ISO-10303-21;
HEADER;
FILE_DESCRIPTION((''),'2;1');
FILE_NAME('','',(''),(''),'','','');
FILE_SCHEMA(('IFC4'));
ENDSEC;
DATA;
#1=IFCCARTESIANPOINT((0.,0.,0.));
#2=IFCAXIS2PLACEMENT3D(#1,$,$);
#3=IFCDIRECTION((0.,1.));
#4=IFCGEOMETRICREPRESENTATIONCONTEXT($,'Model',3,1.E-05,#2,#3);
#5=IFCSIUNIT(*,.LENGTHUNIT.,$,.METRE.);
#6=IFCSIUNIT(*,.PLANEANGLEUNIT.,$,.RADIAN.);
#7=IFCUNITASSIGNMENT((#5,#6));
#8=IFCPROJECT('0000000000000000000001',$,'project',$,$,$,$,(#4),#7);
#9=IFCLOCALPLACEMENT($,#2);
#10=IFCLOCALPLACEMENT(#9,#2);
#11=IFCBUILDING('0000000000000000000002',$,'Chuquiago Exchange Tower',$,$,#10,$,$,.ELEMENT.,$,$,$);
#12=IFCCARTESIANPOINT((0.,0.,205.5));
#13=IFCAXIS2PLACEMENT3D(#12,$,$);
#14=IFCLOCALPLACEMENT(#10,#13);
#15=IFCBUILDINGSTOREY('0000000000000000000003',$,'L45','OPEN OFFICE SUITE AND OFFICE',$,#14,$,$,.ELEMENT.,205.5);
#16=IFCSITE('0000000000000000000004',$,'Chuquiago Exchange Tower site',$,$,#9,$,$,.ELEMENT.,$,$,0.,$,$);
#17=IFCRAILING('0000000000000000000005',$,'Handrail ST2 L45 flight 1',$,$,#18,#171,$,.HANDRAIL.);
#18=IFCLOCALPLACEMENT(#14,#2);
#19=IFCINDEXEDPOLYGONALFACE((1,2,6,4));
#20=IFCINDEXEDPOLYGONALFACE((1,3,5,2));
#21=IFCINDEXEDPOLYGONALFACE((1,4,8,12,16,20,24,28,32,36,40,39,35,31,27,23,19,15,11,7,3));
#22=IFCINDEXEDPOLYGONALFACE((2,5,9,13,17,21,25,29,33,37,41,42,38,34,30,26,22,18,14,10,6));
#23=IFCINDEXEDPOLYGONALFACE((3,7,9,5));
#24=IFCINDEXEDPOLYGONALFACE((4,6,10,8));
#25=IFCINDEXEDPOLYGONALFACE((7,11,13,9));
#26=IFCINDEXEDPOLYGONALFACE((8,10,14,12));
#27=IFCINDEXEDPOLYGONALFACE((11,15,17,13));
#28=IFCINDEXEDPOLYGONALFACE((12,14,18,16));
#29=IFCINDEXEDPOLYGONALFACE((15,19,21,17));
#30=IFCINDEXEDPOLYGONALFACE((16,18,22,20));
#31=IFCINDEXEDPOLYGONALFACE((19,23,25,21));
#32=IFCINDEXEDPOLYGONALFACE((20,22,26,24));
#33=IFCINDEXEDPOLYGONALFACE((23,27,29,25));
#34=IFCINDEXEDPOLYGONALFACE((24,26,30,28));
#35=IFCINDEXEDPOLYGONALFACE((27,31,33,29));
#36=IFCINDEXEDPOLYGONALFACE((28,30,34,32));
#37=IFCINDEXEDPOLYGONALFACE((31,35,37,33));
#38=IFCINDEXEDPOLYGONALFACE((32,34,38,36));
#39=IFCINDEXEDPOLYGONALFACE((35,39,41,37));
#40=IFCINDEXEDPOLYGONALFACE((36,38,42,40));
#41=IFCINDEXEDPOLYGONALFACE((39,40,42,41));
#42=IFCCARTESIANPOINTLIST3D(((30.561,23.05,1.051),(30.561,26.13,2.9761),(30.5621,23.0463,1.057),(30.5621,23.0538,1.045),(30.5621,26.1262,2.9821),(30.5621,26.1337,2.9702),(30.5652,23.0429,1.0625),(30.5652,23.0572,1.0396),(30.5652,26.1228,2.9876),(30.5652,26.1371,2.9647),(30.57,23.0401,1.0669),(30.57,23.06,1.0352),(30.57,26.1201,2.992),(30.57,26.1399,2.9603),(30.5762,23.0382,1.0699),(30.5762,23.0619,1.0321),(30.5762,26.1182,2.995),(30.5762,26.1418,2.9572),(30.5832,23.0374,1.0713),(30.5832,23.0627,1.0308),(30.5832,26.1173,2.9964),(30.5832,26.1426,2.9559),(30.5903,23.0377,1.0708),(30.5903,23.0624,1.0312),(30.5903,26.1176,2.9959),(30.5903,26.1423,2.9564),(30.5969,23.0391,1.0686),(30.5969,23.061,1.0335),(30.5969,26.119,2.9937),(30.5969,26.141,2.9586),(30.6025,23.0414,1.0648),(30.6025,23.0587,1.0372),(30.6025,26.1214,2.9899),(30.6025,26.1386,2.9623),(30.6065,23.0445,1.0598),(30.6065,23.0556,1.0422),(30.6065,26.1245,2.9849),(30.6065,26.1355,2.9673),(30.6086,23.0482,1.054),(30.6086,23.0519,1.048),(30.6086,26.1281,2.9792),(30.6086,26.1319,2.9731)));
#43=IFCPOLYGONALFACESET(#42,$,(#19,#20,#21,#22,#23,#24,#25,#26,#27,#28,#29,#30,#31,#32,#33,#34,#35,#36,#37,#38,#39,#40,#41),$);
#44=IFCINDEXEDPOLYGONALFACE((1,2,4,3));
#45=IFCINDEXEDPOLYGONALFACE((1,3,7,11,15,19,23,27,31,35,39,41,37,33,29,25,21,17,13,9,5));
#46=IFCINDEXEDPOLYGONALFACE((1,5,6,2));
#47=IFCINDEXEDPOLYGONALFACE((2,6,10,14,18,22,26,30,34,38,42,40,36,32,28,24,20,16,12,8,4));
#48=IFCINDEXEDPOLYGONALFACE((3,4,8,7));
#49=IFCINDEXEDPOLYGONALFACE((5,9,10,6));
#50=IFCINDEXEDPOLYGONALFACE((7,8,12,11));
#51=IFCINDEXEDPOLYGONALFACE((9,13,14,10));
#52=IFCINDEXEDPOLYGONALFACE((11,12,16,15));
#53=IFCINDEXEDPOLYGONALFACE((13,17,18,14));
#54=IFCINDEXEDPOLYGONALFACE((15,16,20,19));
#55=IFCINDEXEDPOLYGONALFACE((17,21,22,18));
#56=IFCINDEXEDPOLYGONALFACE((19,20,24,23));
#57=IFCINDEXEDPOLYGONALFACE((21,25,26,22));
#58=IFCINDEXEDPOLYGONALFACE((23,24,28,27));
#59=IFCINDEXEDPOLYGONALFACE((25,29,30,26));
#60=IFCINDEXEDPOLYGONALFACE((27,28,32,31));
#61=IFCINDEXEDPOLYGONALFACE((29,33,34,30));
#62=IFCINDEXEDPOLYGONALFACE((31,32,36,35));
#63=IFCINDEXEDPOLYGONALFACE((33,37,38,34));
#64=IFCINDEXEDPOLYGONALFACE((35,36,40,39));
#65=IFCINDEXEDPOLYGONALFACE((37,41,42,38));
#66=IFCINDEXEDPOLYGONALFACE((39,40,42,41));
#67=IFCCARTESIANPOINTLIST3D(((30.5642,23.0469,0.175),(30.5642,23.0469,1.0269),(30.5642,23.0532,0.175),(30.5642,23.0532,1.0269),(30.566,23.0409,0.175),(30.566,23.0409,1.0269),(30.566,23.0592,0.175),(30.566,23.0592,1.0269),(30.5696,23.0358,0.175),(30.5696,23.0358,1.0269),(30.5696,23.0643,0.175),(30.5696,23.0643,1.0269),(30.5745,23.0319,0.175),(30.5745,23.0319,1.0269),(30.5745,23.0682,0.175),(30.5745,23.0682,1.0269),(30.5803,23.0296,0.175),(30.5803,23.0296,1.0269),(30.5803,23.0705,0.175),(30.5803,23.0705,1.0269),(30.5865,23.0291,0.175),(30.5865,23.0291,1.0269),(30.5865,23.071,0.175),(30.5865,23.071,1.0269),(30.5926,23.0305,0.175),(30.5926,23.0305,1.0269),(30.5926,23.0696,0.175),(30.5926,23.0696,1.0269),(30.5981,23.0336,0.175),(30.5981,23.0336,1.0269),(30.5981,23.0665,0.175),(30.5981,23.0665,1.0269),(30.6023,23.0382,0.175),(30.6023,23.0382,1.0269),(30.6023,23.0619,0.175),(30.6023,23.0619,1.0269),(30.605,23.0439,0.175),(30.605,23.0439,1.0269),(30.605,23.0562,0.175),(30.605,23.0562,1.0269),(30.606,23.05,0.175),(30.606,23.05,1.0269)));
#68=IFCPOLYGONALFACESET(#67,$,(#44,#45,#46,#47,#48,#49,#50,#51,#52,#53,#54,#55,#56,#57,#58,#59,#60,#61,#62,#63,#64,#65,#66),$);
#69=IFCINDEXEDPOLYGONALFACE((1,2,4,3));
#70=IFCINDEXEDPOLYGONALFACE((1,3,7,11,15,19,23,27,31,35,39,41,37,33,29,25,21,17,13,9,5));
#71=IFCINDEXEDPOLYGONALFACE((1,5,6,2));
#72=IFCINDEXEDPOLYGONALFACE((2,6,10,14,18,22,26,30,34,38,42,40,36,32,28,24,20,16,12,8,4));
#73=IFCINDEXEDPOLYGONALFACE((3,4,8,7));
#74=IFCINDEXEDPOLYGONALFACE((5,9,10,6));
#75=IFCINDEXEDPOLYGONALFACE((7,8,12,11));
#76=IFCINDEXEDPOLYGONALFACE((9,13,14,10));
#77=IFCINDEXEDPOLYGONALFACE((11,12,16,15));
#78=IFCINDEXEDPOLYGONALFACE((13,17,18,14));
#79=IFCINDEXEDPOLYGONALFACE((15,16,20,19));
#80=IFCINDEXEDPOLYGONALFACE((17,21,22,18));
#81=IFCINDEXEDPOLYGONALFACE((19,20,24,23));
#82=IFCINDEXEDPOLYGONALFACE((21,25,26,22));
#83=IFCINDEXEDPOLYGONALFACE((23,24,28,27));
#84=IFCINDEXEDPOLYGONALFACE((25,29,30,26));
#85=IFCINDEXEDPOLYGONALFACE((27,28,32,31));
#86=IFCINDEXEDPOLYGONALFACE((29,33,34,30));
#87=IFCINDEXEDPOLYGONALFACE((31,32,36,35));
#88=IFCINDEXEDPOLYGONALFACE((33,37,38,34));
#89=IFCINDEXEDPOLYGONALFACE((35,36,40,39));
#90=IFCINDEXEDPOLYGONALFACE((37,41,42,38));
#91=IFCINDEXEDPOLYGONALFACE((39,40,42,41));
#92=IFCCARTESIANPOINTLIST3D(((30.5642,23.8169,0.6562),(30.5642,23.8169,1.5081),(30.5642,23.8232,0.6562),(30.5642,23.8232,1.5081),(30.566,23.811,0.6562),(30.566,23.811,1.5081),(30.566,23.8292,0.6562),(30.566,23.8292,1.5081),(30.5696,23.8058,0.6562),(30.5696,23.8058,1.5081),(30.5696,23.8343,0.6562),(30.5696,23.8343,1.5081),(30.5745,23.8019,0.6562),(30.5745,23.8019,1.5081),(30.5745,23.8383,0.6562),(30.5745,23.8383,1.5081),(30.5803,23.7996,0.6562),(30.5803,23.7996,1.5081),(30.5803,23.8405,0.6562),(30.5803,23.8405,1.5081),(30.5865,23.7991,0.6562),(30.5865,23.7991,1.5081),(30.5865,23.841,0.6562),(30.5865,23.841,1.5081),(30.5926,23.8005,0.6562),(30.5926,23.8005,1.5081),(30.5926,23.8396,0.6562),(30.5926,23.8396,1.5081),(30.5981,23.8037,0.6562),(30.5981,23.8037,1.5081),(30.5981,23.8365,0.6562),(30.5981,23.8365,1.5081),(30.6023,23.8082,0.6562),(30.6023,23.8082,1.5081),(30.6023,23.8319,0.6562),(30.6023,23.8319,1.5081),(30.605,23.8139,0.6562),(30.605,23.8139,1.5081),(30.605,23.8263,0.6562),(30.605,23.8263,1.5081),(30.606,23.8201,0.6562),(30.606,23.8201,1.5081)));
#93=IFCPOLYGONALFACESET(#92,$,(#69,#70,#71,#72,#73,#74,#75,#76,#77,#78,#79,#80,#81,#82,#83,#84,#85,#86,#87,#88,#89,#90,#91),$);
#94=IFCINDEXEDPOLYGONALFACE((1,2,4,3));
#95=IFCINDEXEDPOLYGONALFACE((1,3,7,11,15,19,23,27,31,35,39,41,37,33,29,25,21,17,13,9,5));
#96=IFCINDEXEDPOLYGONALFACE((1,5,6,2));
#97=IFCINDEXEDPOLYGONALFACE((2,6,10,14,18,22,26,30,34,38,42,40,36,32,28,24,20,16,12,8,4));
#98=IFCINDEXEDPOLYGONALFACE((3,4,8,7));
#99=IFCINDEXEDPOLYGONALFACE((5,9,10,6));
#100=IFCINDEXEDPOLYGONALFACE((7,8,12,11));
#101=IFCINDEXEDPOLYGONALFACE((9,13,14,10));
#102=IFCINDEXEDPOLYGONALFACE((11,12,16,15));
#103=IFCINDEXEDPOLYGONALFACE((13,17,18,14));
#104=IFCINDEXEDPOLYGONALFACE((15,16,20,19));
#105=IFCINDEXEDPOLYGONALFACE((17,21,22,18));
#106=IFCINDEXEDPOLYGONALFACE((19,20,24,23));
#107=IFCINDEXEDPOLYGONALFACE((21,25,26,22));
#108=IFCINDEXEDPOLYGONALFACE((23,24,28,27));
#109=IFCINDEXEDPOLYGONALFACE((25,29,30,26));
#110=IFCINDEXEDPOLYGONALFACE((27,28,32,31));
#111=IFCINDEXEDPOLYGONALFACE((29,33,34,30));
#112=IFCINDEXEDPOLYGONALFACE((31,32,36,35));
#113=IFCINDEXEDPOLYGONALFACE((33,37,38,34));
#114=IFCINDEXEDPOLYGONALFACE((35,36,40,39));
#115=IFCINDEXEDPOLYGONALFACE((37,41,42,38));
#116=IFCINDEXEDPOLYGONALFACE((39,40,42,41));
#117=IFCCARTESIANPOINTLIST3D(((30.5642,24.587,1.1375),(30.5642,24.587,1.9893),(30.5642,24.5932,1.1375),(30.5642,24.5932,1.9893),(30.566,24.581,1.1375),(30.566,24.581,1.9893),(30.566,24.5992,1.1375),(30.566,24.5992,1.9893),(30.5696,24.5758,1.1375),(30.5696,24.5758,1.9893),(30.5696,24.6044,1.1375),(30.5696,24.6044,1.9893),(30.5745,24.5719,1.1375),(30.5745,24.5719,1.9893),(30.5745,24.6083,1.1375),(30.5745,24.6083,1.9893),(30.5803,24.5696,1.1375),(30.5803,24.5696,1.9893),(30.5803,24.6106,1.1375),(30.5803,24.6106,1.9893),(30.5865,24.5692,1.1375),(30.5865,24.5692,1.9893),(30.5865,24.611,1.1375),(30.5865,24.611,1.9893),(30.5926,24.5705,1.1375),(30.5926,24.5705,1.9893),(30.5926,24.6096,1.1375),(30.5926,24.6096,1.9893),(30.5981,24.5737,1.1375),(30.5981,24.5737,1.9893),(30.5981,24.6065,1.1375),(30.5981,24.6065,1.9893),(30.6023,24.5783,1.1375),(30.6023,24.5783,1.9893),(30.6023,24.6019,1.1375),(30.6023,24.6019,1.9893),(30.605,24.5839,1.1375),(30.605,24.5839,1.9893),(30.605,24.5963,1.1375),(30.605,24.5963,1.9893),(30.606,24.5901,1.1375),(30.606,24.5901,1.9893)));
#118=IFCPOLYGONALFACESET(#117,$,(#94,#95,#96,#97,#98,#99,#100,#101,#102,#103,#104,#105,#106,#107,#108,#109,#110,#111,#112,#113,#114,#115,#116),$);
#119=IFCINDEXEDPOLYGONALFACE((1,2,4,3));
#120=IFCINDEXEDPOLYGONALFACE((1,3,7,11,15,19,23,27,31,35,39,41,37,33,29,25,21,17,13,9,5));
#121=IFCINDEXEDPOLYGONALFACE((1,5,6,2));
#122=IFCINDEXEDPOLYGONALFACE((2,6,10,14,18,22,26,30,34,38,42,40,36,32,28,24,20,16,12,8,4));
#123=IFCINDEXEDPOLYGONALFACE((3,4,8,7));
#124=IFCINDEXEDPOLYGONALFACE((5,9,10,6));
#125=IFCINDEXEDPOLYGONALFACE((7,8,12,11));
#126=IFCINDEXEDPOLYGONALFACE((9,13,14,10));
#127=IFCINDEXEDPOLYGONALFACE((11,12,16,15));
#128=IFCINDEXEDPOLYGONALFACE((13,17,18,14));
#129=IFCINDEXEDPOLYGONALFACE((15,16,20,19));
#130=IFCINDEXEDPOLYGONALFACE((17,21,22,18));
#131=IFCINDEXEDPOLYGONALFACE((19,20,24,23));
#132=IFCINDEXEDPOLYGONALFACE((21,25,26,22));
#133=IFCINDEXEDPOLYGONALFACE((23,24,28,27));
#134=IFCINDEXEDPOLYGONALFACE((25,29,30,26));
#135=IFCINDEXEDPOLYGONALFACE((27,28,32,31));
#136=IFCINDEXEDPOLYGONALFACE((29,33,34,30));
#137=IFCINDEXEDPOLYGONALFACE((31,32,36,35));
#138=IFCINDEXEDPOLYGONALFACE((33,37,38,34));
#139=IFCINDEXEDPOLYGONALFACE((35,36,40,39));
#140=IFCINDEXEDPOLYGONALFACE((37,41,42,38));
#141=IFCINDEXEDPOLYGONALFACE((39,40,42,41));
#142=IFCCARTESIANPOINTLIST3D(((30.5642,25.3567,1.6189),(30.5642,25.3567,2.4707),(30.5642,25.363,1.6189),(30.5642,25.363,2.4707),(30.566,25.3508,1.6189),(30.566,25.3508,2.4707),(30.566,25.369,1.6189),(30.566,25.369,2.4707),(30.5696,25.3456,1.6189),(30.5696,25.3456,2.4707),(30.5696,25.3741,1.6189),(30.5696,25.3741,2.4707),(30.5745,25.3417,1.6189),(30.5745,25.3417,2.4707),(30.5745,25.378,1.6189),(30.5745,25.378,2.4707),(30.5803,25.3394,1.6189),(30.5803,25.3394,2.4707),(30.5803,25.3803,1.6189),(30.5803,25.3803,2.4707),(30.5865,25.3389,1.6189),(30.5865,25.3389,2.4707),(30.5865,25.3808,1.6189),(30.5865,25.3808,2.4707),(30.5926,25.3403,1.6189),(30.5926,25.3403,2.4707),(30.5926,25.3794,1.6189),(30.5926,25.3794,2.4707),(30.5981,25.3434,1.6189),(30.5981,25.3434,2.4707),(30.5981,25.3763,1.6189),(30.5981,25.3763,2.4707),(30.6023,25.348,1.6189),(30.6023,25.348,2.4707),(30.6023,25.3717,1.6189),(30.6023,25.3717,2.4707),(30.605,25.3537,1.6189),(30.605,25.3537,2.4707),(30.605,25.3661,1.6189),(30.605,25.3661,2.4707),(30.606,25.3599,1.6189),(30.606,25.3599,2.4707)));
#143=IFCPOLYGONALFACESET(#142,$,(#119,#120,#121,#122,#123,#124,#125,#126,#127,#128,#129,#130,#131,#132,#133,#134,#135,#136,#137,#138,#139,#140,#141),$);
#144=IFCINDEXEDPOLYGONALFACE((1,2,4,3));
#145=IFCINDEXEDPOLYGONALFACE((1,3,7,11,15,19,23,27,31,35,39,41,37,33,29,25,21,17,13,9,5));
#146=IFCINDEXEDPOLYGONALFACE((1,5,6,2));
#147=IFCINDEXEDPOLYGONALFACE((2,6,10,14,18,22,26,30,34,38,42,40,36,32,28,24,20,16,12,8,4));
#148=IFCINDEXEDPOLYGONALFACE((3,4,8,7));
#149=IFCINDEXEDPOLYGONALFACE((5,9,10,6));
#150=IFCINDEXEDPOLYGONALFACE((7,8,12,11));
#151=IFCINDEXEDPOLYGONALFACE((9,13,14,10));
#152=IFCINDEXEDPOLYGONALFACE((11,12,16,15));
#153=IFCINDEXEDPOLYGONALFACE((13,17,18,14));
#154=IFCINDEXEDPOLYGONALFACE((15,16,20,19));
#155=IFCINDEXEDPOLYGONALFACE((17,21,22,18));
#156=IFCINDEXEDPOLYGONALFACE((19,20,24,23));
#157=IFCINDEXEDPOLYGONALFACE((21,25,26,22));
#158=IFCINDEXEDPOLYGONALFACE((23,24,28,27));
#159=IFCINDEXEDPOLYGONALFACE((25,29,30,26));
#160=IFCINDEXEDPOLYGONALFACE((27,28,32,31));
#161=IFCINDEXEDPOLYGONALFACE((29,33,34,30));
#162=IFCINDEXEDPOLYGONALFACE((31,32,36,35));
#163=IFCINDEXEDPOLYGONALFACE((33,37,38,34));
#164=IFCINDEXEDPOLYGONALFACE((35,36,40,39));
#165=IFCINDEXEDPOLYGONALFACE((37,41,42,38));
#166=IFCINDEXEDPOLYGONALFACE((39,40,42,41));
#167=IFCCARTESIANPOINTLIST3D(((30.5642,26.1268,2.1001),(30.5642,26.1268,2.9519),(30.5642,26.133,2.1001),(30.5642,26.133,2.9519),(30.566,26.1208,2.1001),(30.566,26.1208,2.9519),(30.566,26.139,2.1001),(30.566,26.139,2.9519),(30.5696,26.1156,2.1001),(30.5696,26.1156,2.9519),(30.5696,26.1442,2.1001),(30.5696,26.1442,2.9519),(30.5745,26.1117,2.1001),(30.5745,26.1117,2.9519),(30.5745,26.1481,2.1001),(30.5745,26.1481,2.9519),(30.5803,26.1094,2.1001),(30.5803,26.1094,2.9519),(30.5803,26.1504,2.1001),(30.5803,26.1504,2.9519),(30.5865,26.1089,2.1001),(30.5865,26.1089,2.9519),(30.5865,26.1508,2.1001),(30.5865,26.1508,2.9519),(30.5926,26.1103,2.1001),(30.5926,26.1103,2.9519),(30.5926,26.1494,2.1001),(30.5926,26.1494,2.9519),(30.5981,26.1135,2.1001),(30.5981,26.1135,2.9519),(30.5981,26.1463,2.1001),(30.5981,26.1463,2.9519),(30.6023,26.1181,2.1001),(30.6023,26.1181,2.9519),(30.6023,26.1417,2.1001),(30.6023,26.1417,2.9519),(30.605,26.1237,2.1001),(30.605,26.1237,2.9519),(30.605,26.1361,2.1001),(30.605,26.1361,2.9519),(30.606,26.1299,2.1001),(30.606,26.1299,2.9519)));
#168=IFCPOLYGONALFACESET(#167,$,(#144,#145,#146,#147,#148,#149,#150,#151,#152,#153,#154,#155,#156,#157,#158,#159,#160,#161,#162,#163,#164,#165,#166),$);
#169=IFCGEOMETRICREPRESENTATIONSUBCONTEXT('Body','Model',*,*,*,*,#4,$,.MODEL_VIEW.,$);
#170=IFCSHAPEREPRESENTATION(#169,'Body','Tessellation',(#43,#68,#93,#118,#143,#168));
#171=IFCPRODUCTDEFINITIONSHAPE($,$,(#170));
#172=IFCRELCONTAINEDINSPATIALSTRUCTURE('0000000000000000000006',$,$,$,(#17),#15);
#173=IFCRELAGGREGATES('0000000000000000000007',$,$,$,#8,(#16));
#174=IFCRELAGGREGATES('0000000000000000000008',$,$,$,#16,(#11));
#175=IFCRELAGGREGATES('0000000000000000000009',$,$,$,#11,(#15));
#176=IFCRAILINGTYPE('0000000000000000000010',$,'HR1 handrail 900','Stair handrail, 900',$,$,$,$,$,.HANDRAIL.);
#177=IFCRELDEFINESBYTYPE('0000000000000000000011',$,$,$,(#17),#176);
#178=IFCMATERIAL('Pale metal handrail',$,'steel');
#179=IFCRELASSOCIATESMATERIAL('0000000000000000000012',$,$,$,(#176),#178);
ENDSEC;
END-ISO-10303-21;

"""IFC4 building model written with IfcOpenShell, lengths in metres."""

from ifc_helpers import new_model, si_unit, direction, frame, origin, origin_2d, place, context, subcontext, project, spatial, circle, extrude, material, type_object, element, save


model = new_model("IFC4")

# Units and contexts
model_context = context("Model", 3, precision=1e-05, world=origin(), true_north=direction((0.0, 1.0)))
body_context = subcontext(model_context, "Body", "Model", "MODEL_VIEW")
ifc_project = project(units=[si_unit("LENGTHUNIT", "METRE"), si_unit("PLANEANGLEUNIT", "RADIAN")], contexts=[model_context])

# Site, building, storey
site_placement = place(None, origin())
site = spatial("IfcSite", under=ifc_project, at=site_placement, Name="Chuquiago Exchange Tower site", CompositionType="ELEMENT", RefElevation=0.0)
building_placement = place(site_placement, origin())
building = spatial("IfcBuilding", under=site, at=building_placement, Name="Chuquiago Exchange Tower", CompositionType="ELEMENT")
storey_placement = place(building_placement, frame((0.0, 0.0, 205.5)))
storey = spatial("IfcBuildingStorey", under=building, at=storey_placement, Name="L45", Description="OPEN OFFICE SUITE AND OFFICE", CompositionType="ELEMENT", Elevation=205.5)

# Railing
ifc_material_1 = material(Name="Pale metal handrail", Category="steel")
railing_type_1 = type_object("IfcRailingType", Name="HR1 handrail 900", Description="Stair handrail, 900", PredefinedType="HANDRAIL", material=ifc_material_1)
railing_1_placement = place(storey_placement, frame((30.585, 23.05, 0.175)))
element("IfcRailing", 1, at=railing_1_placement, inside=storey, type_object=railing_type_1, Name="Handrail ST2 L45 flight 1", PredefinedType="HANDRAIL", context=body_context, shape_type="SweptSolid", body=[
    extrude(circle(Radius=0.0239, at=origin_2d()), frame((0.0, 0.0, 0.876), z_axis=(0.0, 0.847979, 0.530029), x_axis=(-1.0, 0.0, 0.0)), (0.0, 0.0, 1.0), 3.6321),
    extrude(circle(Radius=0.021, at=origin_2d()), origin(), (0.0, 0.0, 1.0), 0.8518),
    extrude(circle(Radius=0.021, at=origin_2d()), frame((0.0, 0.77, 0.4812)), (0.0, 0.0, 1.0), 0.8518),
    extrude(circle(Radius=0.021, at=origin_2d()), frame((0.0, 1.54, 0.9624)), (0.0, 0.0, 1.0), 0.8518),
    extrude(circle(Radius=0.021, at=origin_2d()), frame((0.0, 2.3098, 1.4438)), (0.0, 0.0, 1.0), 0.8518),
    extrude(circle(Radius=0.021, at=origin_2d()), frame((0.0, 3.0798, 1.925)), (0.0, 0.0, 1.0), 0.8518),
])

save(model, "model.ifc")
